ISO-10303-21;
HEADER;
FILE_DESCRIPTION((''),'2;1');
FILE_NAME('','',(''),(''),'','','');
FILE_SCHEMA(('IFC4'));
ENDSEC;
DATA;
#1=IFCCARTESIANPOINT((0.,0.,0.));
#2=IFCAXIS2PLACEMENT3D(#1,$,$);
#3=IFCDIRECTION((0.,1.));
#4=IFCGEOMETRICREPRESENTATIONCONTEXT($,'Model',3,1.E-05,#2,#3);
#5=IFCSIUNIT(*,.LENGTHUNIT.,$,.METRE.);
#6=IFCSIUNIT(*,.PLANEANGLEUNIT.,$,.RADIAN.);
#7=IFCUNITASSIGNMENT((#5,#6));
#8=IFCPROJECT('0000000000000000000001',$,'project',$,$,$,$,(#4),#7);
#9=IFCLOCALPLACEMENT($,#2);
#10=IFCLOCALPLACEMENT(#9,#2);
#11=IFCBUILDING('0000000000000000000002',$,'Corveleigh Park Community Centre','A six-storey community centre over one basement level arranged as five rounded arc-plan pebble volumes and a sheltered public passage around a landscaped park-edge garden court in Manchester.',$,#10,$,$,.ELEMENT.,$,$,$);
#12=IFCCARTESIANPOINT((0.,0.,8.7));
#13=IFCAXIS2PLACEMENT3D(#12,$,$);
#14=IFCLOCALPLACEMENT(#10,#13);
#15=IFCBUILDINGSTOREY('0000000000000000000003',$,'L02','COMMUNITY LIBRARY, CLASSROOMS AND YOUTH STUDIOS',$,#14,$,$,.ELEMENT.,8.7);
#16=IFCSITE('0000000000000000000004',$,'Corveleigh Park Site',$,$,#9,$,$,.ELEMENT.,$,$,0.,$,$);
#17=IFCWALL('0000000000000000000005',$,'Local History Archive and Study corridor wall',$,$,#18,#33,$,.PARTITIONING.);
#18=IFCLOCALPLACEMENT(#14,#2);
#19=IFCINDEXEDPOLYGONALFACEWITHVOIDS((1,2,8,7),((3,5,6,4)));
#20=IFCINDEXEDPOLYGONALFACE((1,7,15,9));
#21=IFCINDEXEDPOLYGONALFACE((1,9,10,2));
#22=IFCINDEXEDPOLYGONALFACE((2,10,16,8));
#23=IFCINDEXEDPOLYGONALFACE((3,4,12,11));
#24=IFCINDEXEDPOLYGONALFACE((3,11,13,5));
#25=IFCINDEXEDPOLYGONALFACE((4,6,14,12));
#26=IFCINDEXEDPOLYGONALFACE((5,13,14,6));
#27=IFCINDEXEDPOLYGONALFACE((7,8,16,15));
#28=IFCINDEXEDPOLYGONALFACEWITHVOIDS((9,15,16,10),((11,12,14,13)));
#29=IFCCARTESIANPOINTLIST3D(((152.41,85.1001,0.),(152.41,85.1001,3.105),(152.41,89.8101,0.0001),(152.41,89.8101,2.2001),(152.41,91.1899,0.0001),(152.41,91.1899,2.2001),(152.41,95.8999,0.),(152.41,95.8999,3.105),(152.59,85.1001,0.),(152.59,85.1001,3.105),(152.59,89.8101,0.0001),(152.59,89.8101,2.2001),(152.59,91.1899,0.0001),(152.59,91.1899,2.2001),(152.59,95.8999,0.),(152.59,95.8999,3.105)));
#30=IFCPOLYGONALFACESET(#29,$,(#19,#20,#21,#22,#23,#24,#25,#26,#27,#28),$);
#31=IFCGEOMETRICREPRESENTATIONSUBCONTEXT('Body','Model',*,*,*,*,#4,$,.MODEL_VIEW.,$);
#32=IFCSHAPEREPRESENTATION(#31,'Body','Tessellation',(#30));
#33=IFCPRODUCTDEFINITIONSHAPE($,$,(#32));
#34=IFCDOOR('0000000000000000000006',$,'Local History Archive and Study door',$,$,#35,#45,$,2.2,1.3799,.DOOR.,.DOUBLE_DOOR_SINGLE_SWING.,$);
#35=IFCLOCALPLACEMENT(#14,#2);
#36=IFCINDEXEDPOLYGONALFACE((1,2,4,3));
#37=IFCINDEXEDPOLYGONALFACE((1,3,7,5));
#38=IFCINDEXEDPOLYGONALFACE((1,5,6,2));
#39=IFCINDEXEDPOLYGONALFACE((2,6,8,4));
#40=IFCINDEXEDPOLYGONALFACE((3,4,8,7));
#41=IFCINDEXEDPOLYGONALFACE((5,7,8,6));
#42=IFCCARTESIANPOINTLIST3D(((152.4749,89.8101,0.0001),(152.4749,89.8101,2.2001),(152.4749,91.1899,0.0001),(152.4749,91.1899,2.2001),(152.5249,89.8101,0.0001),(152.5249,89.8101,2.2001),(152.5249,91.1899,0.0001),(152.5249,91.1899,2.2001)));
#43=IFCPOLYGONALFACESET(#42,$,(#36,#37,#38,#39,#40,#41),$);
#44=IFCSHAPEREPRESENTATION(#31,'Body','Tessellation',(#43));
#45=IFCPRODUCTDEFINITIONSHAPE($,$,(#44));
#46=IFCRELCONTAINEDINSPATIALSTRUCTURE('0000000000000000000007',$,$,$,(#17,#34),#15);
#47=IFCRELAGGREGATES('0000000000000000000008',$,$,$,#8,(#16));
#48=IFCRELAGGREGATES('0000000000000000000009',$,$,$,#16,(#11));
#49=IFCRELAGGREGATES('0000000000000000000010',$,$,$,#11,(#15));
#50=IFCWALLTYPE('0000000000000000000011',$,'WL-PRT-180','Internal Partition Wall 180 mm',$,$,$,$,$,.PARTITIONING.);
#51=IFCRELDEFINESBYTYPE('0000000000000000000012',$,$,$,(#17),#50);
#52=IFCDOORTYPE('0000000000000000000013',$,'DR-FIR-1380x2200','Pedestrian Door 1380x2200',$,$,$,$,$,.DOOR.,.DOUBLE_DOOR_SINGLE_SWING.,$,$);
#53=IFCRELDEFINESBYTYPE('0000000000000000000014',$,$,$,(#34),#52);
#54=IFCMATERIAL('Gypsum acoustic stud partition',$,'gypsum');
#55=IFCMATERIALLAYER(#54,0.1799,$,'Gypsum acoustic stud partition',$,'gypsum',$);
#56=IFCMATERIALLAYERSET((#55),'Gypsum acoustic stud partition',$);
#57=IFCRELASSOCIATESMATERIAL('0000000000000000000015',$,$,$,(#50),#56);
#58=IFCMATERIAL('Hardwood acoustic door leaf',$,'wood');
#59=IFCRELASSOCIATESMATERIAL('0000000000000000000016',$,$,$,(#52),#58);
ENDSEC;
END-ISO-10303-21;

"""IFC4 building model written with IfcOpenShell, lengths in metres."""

from ifc_helpers import new_model, si_unit, direction, frame, frame_2d, origin, place, context, subcontext, project, spatial, rectangle, extrude, material, layer, layer_set, type_object, element, fill, save


model = new_model("IFC4")

# Units and contexts
model_context = context("Model", 3, precision=1e-05, world=origin(), true_north=direction((0.0, 1.0)))
body_context = subcontext(model_context, "Body", "Model", "MODEL_VIEW")
ifc_project = project(units=[si_unit("LENGTHUNIT", "METRE"), si_unit("PLANEANGLEUNIT", "RADIAN")], contexts=[model_context])

# Site, building, storey
site_placement = place(None, origin())
site = spatial("IfcSite", under=ifc_project, at=site_placement, Name="Corveleigh Park Site", CompositionType="ELEMENT", RefElevation=0.0)
building_placement = place(site_placement, origin())
building = spatial("IfcBuilding", under=site, at=building_placement, Name="Corveleigh Park Community Centre", Description="A six-storey community centre over one basement level arranged as five rounded arc-plan pebble volumes and a sheltered public passage around a landscaped park-edge garden court in Manchester.", CompositionType="ELEMENT")
storey_placement = place(building_placement, frame((0.0, 0.0, 8.7)))
storey = spatial("IfcBuildingStorey", under=building, at=storey_placement, Name="L02", Description="COMMUNITY LIBRARY, CLASSROOMS AND YOUTH STUDIOS", CompositionType="ELEMENT", Elevation=8.7)

# Wall, opening, door
ifc_material_1 = material(Name="Gypsum acoustic stud partition", Category="gypsum")
ifc_material_2 = material(Name="Hardwood acoustic door leaf", Category="wood")
ifc_layer_1 = layer(ifc_material_1, 0.1799, Name="Gypsum acoustic stud partition", Category="gypsum")
ifc_layer_set_1 = layer_set([ifc_layer_1], Name="Gypsum acoustic stud partition")
wall_type_1 = type_object("IfcWallType", Name="WL-PRT-180", Description="Internal Partition Wall 180 mm", PredefinedType="PARTITIONING", material=ifc_layer_set_1)
wall_1_placement = place(storey_placement, frame((152.5, 95.8999, 0.0), z_axis=(0.0, 0.0, 1.0), x_axis=(0.0, -1.0, 0.0)))
wall_1 = element("IfcWall", 1, at=wall_1_placement, inside=storey, type_object=wall_type_1, Name="Local History Archive and Study corridor wall", PredefinedType="PARTITIONING", context=body_context, shape_type="SweptSolid", body=[
    extrude(rectangle(XDim=10.7998, YDim=0.1799, at=frame_2d((5.3999, 0.0))), origin(), (0.0, 0.0, 1.0), 3.105),
])
opening_1_placement = place(wall_1_placement, frame((4.71, 0.0, 0.0)))
opening_1 = element("IfcOpeningElement", 2, at=opening_1_placement, cuts=wall_1, PredefinedType="OPENING", context=body_context, shape_type="SweptSolid", body=[
    extrude(rectangle(XDim=1.3799, YDim=2.2, at=frame_2d((0.6899, 1.1001))), frame((0.0, 0.0999, 0.0), z_axis=(0.0, -1.0, 0.0), x_axis=(1.0, 0.0, 0.0)), (0.0, 0.0, 1.0), 0.2),
])
door_type_1 = type_object("IfcDoorType", Name="DR-FIR-1380x2200", Description="Pedestrian Door 1380x2200", OperationType="DOUBLE_DOOR_SINGLE_SWING", PredefinedType="DOOR", material=ifc_material_2)
door_1_placement = place(opening_1_placement, origin())
door_1 = element("IfcDoor", 3, at=door_1_placement, inside=storey, type_object=door_type_1, Name="Local History Archive and Study door", OperationType="DOUBLE_DOOR_SINGLE_SWING", OverallHeight=2.2, OverallWidth=1.3799, PredefinedType="DOOR", context=body_context, shape_type="SweptSolid", body=[
    extrude(rectangle(XDim=1.3799, YDim=2.2, at=frame_2d((0.6899, 1.1001))), frame((0.0, 0.0249, 0.0), z_axis=(0.0, -1.0, 0.0), x_axis=(1.0, 0.0, 0.0)), (0.0, 0.0, 1.0), 0.05),
])
fill(opening_1, door_1)

save(model, "model.ifc")
